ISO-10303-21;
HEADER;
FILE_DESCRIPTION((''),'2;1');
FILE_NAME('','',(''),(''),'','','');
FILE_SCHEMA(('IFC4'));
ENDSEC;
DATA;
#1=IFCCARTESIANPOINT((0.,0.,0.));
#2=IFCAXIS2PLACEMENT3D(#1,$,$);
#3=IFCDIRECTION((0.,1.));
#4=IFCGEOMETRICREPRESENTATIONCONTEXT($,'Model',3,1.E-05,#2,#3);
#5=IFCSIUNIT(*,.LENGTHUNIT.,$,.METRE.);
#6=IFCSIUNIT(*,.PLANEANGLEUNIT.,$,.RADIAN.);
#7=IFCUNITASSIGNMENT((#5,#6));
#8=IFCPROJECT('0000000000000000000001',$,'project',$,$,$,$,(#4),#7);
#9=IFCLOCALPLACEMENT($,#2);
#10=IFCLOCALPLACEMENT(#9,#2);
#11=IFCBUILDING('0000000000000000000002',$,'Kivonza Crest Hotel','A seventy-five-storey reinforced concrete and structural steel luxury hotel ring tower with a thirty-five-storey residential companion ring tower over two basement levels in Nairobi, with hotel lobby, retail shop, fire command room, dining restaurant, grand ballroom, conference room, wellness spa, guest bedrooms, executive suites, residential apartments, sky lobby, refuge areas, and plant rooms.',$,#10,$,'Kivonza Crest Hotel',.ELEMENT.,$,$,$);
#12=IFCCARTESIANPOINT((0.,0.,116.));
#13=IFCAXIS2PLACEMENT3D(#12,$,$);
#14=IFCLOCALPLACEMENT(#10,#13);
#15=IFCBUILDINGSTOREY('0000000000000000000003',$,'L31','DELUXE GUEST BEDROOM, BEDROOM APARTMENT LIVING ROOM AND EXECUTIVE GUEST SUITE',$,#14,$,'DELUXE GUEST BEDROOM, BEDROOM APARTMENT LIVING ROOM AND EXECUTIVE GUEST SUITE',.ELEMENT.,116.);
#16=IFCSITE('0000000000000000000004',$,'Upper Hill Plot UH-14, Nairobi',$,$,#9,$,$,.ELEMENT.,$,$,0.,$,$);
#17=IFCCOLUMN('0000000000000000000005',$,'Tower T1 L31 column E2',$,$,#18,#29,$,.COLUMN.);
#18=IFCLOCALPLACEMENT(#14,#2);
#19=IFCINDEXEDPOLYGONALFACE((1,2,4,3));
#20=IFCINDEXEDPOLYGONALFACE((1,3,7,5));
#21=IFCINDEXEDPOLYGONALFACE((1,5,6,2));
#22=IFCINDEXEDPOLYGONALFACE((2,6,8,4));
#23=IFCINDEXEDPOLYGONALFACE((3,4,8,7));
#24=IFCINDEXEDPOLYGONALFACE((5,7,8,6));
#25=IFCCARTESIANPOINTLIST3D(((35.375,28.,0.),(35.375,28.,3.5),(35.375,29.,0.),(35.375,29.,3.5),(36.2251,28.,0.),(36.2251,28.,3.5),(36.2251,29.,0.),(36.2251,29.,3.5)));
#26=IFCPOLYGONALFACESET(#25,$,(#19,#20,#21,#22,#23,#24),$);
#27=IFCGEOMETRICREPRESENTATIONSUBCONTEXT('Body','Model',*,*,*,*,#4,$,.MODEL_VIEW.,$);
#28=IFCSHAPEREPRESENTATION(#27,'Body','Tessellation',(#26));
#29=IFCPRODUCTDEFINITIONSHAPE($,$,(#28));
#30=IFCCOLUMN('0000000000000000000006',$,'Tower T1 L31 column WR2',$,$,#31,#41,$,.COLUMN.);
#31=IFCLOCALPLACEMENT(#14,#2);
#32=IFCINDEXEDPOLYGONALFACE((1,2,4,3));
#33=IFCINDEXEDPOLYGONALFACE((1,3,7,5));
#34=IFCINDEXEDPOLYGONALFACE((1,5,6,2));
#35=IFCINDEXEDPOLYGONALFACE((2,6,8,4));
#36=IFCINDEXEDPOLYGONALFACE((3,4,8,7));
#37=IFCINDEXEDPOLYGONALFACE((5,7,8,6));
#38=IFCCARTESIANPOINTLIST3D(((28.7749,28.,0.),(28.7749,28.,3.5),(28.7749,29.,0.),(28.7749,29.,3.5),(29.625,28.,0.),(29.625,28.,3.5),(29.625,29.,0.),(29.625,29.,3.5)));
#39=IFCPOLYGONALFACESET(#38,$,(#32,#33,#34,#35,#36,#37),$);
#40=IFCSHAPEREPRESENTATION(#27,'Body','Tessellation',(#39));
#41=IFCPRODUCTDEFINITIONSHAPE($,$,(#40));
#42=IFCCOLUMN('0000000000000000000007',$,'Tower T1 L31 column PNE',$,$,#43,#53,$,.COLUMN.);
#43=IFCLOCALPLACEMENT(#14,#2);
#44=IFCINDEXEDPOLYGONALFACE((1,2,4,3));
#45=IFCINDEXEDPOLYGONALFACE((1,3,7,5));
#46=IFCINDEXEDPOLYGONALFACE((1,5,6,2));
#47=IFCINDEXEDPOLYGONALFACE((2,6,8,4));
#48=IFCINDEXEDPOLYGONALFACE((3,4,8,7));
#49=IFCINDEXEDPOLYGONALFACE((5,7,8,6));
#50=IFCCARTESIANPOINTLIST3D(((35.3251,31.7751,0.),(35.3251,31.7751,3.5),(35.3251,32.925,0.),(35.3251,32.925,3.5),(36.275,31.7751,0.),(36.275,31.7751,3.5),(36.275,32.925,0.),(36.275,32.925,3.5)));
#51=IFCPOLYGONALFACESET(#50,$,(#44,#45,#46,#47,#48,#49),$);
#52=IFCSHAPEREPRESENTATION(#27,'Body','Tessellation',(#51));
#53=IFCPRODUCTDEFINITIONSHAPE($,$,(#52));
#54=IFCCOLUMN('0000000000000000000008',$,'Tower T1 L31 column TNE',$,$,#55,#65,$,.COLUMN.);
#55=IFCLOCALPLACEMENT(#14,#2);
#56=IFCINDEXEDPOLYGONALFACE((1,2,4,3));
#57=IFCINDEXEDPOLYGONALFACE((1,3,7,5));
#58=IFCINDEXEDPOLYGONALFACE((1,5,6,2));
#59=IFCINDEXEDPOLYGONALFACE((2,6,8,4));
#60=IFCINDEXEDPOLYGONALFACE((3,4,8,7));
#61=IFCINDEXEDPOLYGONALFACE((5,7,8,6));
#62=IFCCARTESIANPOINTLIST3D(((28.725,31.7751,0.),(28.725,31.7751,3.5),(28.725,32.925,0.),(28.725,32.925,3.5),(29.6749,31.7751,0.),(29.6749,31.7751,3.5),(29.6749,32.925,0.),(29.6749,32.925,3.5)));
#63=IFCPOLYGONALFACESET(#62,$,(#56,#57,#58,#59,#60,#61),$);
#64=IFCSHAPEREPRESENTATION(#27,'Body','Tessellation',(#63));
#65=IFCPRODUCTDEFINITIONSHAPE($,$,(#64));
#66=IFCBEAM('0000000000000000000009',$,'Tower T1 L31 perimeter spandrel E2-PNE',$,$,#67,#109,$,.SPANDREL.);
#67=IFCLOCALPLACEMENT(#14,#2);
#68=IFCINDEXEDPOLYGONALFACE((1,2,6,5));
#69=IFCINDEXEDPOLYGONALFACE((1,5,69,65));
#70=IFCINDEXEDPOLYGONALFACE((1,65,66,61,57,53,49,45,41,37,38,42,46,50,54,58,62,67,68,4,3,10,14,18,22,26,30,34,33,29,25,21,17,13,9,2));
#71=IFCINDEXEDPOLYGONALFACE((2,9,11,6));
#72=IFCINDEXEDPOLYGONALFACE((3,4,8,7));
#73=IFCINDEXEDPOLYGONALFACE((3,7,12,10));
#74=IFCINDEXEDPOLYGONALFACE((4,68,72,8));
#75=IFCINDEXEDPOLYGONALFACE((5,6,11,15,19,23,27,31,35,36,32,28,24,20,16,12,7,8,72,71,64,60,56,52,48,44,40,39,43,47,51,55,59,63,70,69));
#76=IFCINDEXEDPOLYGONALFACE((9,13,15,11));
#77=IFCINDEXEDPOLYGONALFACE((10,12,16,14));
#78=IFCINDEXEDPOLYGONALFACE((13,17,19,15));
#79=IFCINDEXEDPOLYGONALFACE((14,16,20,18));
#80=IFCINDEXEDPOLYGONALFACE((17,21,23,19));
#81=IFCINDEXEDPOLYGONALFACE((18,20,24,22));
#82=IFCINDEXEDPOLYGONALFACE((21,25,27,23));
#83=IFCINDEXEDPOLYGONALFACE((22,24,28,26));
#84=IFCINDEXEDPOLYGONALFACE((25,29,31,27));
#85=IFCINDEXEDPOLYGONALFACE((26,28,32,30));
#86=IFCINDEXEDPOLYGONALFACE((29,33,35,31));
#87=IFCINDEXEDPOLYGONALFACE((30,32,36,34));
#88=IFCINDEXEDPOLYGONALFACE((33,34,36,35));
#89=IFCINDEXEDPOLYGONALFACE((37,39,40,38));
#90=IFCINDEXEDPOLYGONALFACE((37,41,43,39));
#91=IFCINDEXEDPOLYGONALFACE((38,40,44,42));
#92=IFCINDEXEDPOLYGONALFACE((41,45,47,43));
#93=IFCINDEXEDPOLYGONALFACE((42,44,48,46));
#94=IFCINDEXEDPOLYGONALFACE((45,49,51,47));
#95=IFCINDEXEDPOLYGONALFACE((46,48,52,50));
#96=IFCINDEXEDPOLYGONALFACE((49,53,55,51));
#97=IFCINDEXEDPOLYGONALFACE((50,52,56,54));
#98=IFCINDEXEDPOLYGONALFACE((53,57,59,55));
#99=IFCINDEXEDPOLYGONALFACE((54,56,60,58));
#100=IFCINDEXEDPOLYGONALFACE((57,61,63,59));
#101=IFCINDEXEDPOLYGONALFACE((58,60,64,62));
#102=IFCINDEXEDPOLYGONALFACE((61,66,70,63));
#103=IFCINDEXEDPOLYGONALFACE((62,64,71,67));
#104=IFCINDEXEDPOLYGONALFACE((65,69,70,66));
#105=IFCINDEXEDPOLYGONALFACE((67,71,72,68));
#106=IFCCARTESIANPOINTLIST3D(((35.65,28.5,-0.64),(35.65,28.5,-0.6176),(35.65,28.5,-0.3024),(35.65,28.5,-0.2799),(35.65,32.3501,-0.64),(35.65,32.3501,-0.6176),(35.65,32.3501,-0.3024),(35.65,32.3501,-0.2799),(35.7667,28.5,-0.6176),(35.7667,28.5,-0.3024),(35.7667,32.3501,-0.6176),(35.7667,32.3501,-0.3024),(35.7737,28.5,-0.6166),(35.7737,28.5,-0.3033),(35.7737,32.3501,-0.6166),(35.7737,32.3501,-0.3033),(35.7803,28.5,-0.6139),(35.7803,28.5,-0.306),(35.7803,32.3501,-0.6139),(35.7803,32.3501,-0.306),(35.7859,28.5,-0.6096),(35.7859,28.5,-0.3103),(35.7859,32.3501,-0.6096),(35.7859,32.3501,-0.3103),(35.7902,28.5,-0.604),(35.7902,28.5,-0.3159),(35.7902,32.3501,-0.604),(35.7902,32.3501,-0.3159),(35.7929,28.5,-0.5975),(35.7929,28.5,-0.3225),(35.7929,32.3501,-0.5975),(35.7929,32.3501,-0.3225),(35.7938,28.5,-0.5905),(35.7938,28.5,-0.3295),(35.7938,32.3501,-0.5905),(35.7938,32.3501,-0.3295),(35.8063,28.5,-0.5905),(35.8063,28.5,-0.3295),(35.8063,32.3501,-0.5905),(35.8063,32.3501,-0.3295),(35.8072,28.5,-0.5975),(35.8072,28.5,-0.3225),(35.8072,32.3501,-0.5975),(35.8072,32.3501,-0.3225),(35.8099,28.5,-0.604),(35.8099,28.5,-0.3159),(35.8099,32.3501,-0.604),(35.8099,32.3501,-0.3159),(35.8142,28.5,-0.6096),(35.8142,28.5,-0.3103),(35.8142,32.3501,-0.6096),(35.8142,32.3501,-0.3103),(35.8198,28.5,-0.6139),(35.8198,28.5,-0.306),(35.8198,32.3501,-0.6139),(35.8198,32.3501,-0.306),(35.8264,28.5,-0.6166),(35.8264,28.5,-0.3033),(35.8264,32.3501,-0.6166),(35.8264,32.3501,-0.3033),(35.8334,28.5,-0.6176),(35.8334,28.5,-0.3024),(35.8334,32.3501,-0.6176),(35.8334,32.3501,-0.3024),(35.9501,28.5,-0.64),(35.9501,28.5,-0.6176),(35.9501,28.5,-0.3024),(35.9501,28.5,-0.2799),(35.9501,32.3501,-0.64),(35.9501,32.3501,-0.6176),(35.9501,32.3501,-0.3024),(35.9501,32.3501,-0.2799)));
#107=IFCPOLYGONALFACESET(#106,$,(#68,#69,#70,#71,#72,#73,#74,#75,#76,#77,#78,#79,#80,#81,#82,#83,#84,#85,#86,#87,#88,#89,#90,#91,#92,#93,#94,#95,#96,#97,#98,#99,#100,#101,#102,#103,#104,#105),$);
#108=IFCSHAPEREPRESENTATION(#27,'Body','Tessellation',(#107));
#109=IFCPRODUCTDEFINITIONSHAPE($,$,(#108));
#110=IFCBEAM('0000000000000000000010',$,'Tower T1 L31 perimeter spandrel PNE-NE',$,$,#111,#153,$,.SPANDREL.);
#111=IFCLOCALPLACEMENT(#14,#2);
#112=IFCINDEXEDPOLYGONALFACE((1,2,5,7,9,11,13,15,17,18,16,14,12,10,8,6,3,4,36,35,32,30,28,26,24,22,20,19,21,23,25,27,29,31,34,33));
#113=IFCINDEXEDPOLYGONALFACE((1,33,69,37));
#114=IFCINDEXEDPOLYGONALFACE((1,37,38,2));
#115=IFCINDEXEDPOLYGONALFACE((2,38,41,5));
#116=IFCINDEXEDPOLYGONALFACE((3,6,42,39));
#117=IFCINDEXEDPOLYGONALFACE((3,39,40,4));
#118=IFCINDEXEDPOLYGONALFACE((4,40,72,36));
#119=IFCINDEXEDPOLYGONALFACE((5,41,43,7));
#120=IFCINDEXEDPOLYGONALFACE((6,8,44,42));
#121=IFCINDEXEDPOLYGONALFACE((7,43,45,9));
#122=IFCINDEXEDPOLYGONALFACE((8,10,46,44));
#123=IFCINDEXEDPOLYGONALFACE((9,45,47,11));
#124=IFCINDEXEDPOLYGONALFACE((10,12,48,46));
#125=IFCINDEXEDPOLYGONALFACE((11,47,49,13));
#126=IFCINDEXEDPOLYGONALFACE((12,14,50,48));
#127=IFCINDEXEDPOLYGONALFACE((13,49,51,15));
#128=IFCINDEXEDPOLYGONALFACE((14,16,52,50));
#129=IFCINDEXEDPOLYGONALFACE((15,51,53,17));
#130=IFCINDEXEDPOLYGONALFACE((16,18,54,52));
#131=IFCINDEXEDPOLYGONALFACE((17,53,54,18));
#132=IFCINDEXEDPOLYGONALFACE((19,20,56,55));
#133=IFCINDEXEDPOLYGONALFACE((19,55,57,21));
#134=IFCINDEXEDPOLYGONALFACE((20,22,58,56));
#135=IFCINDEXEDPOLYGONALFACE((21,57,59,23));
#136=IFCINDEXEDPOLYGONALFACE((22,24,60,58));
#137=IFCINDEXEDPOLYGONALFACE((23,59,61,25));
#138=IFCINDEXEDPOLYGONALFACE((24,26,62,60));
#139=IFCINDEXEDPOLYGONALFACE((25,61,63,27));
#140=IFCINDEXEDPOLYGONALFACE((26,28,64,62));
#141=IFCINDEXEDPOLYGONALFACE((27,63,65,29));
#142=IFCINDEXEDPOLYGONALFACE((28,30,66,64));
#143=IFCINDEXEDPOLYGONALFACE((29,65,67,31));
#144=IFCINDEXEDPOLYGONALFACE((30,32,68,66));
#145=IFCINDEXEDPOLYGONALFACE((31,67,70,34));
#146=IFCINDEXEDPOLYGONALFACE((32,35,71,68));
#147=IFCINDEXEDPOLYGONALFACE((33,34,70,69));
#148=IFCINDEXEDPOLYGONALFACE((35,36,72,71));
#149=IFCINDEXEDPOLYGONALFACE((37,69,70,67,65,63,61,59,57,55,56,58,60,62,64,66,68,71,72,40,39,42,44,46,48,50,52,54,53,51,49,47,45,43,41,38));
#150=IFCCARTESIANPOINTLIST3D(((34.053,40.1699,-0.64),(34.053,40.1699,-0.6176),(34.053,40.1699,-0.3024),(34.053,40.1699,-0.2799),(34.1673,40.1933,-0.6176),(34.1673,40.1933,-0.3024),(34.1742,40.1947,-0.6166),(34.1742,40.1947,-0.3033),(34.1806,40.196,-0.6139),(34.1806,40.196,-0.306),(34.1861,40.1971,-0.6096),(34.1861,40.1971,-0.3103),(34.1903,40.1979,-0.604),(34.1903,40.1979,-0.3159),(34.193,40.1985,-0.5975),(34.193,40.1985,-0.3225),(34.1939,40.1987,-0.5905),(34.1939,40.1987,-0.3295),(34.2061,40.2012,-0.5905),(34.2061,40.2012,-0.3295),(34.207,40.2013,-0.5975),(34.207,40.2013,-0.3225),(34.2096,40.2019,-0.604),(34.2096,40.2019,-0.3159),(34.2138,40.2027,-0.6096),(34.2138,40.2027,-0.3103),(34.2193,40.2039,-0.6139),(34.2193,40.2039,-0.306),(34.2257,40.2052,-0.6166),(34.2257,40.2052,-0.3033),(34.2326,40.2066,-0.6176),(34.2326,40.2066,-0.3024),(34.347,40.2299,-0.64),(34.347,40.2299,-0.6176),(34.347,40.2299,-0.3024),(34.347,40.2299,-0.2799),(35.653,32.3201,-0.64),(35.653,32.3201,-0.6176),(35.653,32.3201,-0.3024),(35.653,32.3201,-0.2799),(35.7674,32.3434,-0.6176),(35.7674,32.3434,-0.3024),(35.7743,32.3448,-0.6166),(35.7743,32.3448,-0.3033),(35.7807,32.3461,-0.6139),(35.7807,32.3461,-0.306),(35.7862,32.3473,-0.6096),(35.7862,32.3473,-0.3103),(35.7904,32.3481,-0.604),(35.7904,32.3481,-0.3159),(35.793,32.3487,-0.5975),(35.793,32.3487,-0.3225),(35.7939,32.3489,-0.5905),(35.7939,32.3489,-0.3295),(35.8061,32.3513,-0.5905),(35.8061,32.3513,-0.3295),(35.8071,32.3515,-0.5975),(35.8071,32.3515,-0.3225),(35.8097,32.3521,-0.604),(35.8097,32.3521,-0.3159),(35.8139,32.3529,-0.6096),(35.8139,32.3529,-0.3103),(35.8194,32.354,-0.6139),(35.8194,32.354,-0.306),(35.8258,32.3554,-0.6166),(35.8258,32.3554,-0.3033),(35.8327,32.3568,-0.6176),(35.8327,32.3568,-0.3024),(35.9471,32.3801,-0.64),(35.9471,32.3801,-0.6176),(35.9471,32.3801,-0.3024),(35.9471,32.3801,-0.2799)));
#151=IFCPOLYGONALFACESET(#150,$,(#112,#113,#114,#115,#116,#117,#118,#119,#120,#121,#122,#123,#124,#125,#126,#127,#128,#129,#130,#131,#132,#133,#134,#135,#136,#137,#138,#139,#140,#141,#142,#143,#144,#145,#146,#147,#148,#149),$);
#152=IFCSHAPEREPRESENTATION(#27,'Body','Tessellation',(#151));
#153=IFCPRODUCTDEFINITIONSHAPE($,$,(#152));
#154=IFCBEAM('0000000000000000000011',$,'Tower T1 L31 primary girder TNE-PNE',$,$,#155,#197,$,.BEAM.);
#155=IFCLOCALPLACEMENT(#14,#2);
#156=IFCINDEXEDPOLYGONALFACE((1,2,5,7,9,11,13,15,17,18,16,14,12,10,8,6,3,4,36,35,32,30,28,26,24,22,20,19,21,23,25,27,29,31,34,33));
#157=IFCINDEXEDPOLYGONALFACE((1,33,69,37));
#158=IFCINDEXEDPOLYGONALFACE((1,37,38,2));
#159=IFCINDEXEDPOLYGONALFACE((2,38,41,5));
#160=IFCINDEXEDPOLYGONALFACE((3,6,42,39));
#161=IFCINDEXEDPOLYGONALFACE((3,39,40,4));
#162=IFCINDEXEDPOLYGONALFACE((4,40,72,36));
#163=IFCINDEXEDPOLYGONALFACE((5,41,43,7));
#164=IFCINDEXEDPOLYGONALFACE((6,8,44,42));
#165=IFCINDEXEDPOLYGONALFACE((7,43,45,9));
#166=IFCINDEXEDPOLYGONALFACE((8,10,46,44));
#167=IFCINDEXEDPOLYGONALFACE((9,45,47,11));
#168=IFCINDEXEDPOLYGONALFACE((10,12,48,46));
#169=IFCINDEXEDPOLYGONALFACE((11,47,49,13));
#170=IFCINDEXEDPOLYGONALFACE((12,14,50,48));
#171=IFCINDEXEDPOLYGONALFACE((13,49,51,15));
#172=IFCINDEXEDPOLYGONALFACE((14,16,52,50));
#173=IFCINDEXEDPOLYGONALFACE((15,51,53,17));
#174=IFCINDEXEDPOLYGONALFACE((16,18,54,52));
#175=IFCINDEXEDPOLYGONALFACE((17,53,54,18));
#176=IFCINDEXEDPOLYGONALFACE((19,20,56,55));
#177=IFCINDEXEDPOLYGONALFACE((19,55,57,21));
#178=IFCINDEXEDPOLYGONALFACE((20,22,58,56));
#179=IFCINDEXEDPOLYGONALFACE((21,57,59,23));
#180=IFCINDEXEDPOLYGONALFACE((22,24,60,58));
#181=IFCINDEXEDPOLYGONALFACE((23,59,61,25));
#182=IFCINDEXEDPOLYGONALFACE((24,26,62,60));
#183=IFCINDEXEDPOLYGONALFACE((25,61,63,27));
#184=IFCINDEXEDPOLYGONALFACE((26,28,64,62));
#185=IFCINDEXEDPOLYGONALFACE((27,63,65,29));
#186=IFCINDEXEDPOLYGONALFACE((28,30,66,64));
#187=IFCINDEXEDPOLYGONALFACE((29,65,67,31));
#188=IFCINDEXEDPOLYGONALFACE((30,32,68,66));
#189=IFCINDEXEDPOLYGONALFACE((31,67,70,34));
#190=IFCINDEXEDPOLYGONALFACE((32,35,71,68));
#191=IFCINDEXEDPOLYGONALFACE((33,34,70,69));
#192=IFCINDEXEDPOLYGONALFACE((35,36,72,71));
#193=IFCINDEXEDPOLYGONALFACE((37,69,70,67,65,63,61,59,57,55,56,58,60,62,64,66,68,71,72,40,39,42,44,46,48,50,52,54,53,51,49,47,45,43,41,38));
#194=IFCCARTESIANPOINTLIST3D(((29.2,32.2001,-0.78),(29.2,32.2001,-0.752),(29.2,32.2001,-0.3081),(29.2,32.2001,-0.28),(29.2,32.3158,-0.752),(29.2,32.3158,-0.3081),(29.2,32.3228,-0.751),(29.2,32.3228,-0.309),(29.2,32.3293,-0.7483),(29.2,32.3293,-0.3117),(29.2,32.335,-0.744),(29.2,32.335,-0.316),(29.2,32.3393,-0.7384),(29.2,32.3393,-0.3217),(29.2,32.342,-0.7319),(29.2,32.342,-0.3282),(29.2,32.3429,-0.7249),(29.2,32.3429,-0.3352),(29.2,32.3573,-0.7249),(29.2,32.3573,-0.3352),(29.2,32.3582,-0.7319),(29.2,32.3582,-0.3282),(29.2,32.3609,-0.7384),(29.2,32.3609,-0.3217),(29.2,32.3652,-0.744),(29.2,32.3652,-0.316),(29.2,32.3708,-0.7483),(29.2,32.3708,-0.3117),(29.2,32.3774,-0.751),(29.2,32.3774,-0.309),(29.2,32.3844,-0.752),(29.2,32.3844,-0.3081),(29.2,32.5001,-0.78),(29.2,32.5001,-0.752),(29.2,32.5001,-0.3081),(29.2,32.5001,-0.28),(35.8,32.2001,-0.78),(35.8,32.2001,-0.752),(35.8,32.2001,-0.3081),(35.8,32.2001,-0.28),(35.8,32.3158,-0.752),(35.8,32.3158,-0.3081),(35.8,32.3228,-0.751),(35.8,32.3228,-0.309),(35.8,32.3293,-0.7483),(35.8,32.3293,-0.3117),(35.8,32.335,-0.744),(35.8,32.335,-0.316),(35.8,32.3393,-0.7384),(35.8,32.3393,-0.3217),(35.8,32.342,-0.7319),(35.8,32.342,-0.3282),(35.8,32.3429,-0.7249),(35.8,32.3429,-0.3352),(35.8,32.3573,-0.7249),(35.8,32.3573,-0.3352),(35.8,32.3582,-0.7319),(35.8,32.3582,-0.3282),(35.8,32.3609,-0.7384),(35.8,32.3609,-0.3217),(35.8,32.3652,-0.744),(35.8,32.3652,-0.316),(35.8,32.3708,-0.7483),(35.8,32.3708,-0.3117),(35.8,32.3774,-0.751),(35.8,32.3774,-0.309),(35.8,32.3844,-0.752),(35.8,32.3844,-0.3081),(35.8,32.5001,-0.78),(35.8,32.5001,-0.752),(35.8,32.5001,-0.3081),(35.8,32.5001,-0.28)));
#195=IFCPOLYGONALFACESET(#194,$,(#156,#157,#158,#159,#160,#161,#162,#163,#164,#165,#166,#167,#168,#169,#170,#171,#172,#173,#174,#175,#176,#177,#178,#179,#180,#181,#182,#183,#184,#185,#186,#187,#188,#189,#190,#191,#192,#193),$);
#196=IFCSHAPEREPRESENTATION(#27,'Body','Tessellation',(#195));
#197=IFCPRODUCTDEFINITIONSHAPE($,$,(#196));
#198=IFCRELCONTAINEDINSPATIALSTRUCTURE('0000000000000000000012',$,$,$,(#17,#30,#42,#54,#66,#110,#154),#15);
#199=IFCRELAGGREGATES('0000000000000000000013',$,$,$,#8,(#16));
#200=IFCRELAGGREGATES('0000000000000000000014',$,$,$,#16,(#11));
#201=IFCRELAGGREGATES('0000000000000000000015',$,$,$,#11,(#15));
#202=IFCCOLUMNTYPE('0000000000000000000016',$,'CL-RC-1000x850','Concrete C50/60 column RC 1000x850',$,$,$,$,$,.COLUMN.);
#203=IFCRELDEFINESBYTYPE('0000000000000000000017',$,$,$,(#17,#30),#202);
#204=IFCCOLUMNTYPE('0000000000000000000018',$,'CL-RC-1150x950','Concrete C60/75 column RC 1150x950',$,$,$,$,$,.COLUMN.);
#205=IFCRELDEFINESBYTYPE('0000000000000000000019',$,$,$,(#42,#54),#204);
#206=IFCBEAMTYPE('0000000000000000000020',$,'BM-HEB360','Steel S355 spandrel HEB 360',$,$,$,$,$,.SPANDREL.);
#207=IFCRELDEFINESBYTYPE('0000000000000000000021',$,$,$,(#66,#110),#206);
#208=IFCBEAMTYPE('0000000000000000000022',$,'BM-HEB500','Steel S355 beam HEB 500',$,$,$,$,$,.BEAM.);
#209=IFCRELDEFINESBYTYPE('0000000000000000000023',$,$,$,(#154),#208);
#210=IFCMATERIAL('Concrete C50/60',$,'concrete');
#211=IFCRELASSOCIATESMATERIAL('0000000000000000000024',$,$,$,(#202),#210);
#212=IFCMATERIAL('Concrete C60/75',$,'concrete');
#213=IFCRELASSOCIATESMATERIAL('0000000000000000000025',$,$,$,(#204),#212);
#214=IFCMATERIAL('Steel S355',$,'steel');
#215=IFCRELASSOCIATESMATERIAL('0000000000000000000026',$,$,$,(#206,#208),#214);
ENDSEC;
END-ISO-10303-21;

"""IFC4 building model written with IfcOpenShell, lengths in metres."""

from ifc_helpers import new_model, si_unit, direction, frame, origin, origin_2d, place, context, subcontext, project, spatial, rectangle, i_section, extrude, material, material_profile, profile_set, type_object, element, save


model = new_model("IFC4")

# Units and contexts
model_context = context("Model", 3, precision=1e-05, world=origin(), true_north=direction((0.0, 1.0)))
body_context = subcontext(model_context, "Body", "Model", "MODEL_VIEW")
ifc_project = project(units=[si_unit("LENGTHUNIT", "METRE"), si_unit("PLANEANGLEUNIT", "RADIAN")], contexts=[model_context])

# Site, building, storey
site_placement = place(None, origin())
site = spatial("IfcSite", under=ifc_project, at=site_placement, Name="Upper Hill Plot UH-14, Nairobi", CompositionType="ELEMENT", RefElevation=0.0)
building_placement = place(site_placement, origin())
building = spatial("IfcBuilding", under=site, at=building_placement, Name="Kivonza Crest Hotel", Description="A seventy-five-storey reinforced concrete and structural steel luxury hotel ring tower with a thirty-five-storey residential companion ring tower over two basement levels in Nairobi, with hotel lobby, retail shop, fire command room, dining restaurant, grand ballroom, conference room, wellness spa, guest bedrooms, executive suites, residential apartments, sky lobby, refuge areas, and plant rooms.", LongName="Kivonza Crest Hotel", CompositionType="ELEMENT")
storey_placement = place(building_placement, frame((0.0, 0.0, 116.0)))
storey = spatial("IfcBuildingStorey", under=building, at=storey_placement, Name="L31", Description="DELUXE GUEST BEDROOM, BEDROOM APARTMENT LIVING ROOM AND EXECUTIVE GUEST SUITE", LongName="DELUXE GUEST BEDROOM, BEDROOM APARTMENT LIVING ROOM AND EXECUTIVE GUEST SUITE", CompositionType="ELEMENT", Elevation=116.0)

# Columns
ifc_material_1 = material(Name="Concrete C50/60", Category="concrete")
ifc_material_profile_1 = material_profile(ifc_material_1, rectangle(XDim=0.8501, YDim=1.0, at=origin_2d()), Name="RC 1000x850")
ifc_profile_set_1 = profile_set([ifc_material_profile_1], Name="Concrete C50/60")
column_type_1 = type_object("IfcColumnType", Name="CL-RC-1000x850", Description="Concrete C50/60 column RC 1000x850", PredefinedType="COLUMN", material=ifc_profile_set_1)
for number, where, z_axis, x_axis, name in (
    (1, (35.8, 28.5, 0.0), (0.0, 0.0, 1.0), (1.0, 0.0, 0.0), "Tower T1 L31 column E2"),
    (2, (29.2, 28.5, 0.0), (0.0, 0.0, 1.0), (1.0, 0.0, 0.0), "Tower T1 L31 column WR2"),
):
    element("IfcColumn", number, at=place(storey_placement, frame(where, z_axis=z_axis, x_axis=x_axis)), inside=storey, type_object=column_type_1, Name=name, PredefinedType="COLUMN", context=body_context, shape_type="SweptSolid", body=[
        extrude(rectangle(XDim=0.8501, YDim=1.0, at=origin_2d()), origin(), (0.0, 0.0, 1.0), 3.5),
    ])
ifc_material_2 = material(Name="Concrete C60/75", Category="concrete")
ifc_material_profile_2 = material_profile(ifc_material_2, rectangle(XDim=0.95, YDim=1.1499, at=origin_2d()), Name="RC 1150x950")
ifc_profile_set_2 = profile_set([ifc_material_profile_2], Name="Concrete C60/75")
column_type_2 = type_object("IfcColumnType", Name="CL-RC-1150x950", Description="Concrete C60/75 column RC 1150x950", PredefinedType="COLUMN", material=ifc_profile_set_2)
for number, where, z_axis, x_axis, name in (
    (3, (35.8, 32.3501, 0.0), (0.0, 0.0, 1.0), (1.0, 0.0, 0.0), "Tower T1 L31 column PNE"),
    (4, (29.2, 32.3501, 0.0), (0.0, 0.0, 1.0), (1.0, 0.0, 0.0), "Tower T1 L31 column TNE"),
):
    element("IfcColumn", number, at=place(storey_placement, frame(where, z_axis=z_axis, x_axis=x_axis)), inside=storey, type_object=column_type_2, Name=name, PredefinedType="COLUMN", context=body_context, shape_type="SweptSolid", body=[
        extrude(rectangle(XDim=0.95, YDim=1.1499, at=origin_2d()), origin(), (0.0, 0.0, 1.0), 3.5),
    ])

# Beams
ifc_material_3 = material(Name="Steel S355", Category="steel")
ifc_material_profile_3 = material_profile(ifc_material_3, i_section(OverallWidth=0.3, OverallDepth=0.3601, WebThickness=0.0125, FlangeThickness=0.0225, FilletRadius=0.0271, at=origin_2d()), Name="HEB 360")
ifc_profile_set_3 = profile_set([ifc_material_profile_3], Name="Steel S355")
beam_type_1 = type_object("IfcBeamType", Name="BM-HEB360", Description="Steel S355 spandrel HEB 360", PredefinedType="SPANDREL", material=ifc_profile_set_3)
beam_1_placement = place(storey_placement, frame((35.8, 28.5, -0.46), z_axis=(0.0, 1.0, 0.0), x_axis=(-1.0, 0.0, 0.0)))
element("IfcBeam", 5, at=beam_1_placement, inside=storey, type_object=beam_type_1, Name="Tower T1 L31 perimeter spandrel E2-PNE", PredefinedType="SPANDREL", context=body_context, shape_type="SweptSolid", body=[
    extrude(i_section(OverallWidth=0.3, OverallDepth=0.3601, WebThickness=0.0125, FlangeThickness=0.0225, FilletRadius=0.0271, at=origin_2d()), origin(), (0.0, 0.0, 1.0), 3.8501),
])
beam_2_placement = place(storey_placement, frame((35.8, 32.3501, -0.46), z_axis=(-0.199731, 0.979851, 0.0), x_axis=(-0.979851, -0.199731, 0.0)))
element("IfcBeam", 6, at=beam_2_placement, inside=storey, type_object=beam_type_1, Name="Tower T1 L31 perimeter spandrel PNE-NE", PredefinedType="SPANDREL", context=body_context, shape_type="SweptSolid", body=[
    extrude(i_section(OverallWidth=0.3, OverallDepth=0.3601, WebThickness=0.0125, FlangeThickness=0.0225, FilletRadius=0.0271, at=origin_2d()), origin(), (0.0, 0.0, 1.0), 8.0112),
])
ifc_material_profile_4 = material_profile(ifc_material_3, i_section(OverallWidth=0.3, OverallDepth=0.5, WebThickness=0.0144, FlangeThickness=0.0281, FilletRadius=0.0271, at=origin_2d()), Name="HEB 500")
ifc_profile_set_4 = profile_set([ifc_material_profile_4], Name="Steel S355")
beam_type_2 = type_object("IfcBeamType", Name="BM-HEB500", Description="Steel S355 beam HEB 500", PredefinedType="BEAM", material=ifc_profile_set_4)
beam_3_placement = place(storey_placement, frame((29.2, 32.3501, -0.53), z_axis=(1.0, 0.0, 0.0), x_axis=(0.0, 1.0, 0.0)))
element("IfcBeam", 7, at=beam_3_placement, inside=storey, type_object=beam_type_2, Name="Tower T1 L31 primary girder TNE-PNE", PredefinedType="BEAM", context=body_context, shape_type="SweptSolid", body=[
    extrude(i_section(OverallWidth=0.3, OverallDepth=0.5, WebThickness=0.0144, FlangeThickness=0.0281, FilletRadius=0.0271, at=origin_2d()), origin(), (0.0, 0.0, 1.0), 6.6001),
])

save(model, "model.ifc")
